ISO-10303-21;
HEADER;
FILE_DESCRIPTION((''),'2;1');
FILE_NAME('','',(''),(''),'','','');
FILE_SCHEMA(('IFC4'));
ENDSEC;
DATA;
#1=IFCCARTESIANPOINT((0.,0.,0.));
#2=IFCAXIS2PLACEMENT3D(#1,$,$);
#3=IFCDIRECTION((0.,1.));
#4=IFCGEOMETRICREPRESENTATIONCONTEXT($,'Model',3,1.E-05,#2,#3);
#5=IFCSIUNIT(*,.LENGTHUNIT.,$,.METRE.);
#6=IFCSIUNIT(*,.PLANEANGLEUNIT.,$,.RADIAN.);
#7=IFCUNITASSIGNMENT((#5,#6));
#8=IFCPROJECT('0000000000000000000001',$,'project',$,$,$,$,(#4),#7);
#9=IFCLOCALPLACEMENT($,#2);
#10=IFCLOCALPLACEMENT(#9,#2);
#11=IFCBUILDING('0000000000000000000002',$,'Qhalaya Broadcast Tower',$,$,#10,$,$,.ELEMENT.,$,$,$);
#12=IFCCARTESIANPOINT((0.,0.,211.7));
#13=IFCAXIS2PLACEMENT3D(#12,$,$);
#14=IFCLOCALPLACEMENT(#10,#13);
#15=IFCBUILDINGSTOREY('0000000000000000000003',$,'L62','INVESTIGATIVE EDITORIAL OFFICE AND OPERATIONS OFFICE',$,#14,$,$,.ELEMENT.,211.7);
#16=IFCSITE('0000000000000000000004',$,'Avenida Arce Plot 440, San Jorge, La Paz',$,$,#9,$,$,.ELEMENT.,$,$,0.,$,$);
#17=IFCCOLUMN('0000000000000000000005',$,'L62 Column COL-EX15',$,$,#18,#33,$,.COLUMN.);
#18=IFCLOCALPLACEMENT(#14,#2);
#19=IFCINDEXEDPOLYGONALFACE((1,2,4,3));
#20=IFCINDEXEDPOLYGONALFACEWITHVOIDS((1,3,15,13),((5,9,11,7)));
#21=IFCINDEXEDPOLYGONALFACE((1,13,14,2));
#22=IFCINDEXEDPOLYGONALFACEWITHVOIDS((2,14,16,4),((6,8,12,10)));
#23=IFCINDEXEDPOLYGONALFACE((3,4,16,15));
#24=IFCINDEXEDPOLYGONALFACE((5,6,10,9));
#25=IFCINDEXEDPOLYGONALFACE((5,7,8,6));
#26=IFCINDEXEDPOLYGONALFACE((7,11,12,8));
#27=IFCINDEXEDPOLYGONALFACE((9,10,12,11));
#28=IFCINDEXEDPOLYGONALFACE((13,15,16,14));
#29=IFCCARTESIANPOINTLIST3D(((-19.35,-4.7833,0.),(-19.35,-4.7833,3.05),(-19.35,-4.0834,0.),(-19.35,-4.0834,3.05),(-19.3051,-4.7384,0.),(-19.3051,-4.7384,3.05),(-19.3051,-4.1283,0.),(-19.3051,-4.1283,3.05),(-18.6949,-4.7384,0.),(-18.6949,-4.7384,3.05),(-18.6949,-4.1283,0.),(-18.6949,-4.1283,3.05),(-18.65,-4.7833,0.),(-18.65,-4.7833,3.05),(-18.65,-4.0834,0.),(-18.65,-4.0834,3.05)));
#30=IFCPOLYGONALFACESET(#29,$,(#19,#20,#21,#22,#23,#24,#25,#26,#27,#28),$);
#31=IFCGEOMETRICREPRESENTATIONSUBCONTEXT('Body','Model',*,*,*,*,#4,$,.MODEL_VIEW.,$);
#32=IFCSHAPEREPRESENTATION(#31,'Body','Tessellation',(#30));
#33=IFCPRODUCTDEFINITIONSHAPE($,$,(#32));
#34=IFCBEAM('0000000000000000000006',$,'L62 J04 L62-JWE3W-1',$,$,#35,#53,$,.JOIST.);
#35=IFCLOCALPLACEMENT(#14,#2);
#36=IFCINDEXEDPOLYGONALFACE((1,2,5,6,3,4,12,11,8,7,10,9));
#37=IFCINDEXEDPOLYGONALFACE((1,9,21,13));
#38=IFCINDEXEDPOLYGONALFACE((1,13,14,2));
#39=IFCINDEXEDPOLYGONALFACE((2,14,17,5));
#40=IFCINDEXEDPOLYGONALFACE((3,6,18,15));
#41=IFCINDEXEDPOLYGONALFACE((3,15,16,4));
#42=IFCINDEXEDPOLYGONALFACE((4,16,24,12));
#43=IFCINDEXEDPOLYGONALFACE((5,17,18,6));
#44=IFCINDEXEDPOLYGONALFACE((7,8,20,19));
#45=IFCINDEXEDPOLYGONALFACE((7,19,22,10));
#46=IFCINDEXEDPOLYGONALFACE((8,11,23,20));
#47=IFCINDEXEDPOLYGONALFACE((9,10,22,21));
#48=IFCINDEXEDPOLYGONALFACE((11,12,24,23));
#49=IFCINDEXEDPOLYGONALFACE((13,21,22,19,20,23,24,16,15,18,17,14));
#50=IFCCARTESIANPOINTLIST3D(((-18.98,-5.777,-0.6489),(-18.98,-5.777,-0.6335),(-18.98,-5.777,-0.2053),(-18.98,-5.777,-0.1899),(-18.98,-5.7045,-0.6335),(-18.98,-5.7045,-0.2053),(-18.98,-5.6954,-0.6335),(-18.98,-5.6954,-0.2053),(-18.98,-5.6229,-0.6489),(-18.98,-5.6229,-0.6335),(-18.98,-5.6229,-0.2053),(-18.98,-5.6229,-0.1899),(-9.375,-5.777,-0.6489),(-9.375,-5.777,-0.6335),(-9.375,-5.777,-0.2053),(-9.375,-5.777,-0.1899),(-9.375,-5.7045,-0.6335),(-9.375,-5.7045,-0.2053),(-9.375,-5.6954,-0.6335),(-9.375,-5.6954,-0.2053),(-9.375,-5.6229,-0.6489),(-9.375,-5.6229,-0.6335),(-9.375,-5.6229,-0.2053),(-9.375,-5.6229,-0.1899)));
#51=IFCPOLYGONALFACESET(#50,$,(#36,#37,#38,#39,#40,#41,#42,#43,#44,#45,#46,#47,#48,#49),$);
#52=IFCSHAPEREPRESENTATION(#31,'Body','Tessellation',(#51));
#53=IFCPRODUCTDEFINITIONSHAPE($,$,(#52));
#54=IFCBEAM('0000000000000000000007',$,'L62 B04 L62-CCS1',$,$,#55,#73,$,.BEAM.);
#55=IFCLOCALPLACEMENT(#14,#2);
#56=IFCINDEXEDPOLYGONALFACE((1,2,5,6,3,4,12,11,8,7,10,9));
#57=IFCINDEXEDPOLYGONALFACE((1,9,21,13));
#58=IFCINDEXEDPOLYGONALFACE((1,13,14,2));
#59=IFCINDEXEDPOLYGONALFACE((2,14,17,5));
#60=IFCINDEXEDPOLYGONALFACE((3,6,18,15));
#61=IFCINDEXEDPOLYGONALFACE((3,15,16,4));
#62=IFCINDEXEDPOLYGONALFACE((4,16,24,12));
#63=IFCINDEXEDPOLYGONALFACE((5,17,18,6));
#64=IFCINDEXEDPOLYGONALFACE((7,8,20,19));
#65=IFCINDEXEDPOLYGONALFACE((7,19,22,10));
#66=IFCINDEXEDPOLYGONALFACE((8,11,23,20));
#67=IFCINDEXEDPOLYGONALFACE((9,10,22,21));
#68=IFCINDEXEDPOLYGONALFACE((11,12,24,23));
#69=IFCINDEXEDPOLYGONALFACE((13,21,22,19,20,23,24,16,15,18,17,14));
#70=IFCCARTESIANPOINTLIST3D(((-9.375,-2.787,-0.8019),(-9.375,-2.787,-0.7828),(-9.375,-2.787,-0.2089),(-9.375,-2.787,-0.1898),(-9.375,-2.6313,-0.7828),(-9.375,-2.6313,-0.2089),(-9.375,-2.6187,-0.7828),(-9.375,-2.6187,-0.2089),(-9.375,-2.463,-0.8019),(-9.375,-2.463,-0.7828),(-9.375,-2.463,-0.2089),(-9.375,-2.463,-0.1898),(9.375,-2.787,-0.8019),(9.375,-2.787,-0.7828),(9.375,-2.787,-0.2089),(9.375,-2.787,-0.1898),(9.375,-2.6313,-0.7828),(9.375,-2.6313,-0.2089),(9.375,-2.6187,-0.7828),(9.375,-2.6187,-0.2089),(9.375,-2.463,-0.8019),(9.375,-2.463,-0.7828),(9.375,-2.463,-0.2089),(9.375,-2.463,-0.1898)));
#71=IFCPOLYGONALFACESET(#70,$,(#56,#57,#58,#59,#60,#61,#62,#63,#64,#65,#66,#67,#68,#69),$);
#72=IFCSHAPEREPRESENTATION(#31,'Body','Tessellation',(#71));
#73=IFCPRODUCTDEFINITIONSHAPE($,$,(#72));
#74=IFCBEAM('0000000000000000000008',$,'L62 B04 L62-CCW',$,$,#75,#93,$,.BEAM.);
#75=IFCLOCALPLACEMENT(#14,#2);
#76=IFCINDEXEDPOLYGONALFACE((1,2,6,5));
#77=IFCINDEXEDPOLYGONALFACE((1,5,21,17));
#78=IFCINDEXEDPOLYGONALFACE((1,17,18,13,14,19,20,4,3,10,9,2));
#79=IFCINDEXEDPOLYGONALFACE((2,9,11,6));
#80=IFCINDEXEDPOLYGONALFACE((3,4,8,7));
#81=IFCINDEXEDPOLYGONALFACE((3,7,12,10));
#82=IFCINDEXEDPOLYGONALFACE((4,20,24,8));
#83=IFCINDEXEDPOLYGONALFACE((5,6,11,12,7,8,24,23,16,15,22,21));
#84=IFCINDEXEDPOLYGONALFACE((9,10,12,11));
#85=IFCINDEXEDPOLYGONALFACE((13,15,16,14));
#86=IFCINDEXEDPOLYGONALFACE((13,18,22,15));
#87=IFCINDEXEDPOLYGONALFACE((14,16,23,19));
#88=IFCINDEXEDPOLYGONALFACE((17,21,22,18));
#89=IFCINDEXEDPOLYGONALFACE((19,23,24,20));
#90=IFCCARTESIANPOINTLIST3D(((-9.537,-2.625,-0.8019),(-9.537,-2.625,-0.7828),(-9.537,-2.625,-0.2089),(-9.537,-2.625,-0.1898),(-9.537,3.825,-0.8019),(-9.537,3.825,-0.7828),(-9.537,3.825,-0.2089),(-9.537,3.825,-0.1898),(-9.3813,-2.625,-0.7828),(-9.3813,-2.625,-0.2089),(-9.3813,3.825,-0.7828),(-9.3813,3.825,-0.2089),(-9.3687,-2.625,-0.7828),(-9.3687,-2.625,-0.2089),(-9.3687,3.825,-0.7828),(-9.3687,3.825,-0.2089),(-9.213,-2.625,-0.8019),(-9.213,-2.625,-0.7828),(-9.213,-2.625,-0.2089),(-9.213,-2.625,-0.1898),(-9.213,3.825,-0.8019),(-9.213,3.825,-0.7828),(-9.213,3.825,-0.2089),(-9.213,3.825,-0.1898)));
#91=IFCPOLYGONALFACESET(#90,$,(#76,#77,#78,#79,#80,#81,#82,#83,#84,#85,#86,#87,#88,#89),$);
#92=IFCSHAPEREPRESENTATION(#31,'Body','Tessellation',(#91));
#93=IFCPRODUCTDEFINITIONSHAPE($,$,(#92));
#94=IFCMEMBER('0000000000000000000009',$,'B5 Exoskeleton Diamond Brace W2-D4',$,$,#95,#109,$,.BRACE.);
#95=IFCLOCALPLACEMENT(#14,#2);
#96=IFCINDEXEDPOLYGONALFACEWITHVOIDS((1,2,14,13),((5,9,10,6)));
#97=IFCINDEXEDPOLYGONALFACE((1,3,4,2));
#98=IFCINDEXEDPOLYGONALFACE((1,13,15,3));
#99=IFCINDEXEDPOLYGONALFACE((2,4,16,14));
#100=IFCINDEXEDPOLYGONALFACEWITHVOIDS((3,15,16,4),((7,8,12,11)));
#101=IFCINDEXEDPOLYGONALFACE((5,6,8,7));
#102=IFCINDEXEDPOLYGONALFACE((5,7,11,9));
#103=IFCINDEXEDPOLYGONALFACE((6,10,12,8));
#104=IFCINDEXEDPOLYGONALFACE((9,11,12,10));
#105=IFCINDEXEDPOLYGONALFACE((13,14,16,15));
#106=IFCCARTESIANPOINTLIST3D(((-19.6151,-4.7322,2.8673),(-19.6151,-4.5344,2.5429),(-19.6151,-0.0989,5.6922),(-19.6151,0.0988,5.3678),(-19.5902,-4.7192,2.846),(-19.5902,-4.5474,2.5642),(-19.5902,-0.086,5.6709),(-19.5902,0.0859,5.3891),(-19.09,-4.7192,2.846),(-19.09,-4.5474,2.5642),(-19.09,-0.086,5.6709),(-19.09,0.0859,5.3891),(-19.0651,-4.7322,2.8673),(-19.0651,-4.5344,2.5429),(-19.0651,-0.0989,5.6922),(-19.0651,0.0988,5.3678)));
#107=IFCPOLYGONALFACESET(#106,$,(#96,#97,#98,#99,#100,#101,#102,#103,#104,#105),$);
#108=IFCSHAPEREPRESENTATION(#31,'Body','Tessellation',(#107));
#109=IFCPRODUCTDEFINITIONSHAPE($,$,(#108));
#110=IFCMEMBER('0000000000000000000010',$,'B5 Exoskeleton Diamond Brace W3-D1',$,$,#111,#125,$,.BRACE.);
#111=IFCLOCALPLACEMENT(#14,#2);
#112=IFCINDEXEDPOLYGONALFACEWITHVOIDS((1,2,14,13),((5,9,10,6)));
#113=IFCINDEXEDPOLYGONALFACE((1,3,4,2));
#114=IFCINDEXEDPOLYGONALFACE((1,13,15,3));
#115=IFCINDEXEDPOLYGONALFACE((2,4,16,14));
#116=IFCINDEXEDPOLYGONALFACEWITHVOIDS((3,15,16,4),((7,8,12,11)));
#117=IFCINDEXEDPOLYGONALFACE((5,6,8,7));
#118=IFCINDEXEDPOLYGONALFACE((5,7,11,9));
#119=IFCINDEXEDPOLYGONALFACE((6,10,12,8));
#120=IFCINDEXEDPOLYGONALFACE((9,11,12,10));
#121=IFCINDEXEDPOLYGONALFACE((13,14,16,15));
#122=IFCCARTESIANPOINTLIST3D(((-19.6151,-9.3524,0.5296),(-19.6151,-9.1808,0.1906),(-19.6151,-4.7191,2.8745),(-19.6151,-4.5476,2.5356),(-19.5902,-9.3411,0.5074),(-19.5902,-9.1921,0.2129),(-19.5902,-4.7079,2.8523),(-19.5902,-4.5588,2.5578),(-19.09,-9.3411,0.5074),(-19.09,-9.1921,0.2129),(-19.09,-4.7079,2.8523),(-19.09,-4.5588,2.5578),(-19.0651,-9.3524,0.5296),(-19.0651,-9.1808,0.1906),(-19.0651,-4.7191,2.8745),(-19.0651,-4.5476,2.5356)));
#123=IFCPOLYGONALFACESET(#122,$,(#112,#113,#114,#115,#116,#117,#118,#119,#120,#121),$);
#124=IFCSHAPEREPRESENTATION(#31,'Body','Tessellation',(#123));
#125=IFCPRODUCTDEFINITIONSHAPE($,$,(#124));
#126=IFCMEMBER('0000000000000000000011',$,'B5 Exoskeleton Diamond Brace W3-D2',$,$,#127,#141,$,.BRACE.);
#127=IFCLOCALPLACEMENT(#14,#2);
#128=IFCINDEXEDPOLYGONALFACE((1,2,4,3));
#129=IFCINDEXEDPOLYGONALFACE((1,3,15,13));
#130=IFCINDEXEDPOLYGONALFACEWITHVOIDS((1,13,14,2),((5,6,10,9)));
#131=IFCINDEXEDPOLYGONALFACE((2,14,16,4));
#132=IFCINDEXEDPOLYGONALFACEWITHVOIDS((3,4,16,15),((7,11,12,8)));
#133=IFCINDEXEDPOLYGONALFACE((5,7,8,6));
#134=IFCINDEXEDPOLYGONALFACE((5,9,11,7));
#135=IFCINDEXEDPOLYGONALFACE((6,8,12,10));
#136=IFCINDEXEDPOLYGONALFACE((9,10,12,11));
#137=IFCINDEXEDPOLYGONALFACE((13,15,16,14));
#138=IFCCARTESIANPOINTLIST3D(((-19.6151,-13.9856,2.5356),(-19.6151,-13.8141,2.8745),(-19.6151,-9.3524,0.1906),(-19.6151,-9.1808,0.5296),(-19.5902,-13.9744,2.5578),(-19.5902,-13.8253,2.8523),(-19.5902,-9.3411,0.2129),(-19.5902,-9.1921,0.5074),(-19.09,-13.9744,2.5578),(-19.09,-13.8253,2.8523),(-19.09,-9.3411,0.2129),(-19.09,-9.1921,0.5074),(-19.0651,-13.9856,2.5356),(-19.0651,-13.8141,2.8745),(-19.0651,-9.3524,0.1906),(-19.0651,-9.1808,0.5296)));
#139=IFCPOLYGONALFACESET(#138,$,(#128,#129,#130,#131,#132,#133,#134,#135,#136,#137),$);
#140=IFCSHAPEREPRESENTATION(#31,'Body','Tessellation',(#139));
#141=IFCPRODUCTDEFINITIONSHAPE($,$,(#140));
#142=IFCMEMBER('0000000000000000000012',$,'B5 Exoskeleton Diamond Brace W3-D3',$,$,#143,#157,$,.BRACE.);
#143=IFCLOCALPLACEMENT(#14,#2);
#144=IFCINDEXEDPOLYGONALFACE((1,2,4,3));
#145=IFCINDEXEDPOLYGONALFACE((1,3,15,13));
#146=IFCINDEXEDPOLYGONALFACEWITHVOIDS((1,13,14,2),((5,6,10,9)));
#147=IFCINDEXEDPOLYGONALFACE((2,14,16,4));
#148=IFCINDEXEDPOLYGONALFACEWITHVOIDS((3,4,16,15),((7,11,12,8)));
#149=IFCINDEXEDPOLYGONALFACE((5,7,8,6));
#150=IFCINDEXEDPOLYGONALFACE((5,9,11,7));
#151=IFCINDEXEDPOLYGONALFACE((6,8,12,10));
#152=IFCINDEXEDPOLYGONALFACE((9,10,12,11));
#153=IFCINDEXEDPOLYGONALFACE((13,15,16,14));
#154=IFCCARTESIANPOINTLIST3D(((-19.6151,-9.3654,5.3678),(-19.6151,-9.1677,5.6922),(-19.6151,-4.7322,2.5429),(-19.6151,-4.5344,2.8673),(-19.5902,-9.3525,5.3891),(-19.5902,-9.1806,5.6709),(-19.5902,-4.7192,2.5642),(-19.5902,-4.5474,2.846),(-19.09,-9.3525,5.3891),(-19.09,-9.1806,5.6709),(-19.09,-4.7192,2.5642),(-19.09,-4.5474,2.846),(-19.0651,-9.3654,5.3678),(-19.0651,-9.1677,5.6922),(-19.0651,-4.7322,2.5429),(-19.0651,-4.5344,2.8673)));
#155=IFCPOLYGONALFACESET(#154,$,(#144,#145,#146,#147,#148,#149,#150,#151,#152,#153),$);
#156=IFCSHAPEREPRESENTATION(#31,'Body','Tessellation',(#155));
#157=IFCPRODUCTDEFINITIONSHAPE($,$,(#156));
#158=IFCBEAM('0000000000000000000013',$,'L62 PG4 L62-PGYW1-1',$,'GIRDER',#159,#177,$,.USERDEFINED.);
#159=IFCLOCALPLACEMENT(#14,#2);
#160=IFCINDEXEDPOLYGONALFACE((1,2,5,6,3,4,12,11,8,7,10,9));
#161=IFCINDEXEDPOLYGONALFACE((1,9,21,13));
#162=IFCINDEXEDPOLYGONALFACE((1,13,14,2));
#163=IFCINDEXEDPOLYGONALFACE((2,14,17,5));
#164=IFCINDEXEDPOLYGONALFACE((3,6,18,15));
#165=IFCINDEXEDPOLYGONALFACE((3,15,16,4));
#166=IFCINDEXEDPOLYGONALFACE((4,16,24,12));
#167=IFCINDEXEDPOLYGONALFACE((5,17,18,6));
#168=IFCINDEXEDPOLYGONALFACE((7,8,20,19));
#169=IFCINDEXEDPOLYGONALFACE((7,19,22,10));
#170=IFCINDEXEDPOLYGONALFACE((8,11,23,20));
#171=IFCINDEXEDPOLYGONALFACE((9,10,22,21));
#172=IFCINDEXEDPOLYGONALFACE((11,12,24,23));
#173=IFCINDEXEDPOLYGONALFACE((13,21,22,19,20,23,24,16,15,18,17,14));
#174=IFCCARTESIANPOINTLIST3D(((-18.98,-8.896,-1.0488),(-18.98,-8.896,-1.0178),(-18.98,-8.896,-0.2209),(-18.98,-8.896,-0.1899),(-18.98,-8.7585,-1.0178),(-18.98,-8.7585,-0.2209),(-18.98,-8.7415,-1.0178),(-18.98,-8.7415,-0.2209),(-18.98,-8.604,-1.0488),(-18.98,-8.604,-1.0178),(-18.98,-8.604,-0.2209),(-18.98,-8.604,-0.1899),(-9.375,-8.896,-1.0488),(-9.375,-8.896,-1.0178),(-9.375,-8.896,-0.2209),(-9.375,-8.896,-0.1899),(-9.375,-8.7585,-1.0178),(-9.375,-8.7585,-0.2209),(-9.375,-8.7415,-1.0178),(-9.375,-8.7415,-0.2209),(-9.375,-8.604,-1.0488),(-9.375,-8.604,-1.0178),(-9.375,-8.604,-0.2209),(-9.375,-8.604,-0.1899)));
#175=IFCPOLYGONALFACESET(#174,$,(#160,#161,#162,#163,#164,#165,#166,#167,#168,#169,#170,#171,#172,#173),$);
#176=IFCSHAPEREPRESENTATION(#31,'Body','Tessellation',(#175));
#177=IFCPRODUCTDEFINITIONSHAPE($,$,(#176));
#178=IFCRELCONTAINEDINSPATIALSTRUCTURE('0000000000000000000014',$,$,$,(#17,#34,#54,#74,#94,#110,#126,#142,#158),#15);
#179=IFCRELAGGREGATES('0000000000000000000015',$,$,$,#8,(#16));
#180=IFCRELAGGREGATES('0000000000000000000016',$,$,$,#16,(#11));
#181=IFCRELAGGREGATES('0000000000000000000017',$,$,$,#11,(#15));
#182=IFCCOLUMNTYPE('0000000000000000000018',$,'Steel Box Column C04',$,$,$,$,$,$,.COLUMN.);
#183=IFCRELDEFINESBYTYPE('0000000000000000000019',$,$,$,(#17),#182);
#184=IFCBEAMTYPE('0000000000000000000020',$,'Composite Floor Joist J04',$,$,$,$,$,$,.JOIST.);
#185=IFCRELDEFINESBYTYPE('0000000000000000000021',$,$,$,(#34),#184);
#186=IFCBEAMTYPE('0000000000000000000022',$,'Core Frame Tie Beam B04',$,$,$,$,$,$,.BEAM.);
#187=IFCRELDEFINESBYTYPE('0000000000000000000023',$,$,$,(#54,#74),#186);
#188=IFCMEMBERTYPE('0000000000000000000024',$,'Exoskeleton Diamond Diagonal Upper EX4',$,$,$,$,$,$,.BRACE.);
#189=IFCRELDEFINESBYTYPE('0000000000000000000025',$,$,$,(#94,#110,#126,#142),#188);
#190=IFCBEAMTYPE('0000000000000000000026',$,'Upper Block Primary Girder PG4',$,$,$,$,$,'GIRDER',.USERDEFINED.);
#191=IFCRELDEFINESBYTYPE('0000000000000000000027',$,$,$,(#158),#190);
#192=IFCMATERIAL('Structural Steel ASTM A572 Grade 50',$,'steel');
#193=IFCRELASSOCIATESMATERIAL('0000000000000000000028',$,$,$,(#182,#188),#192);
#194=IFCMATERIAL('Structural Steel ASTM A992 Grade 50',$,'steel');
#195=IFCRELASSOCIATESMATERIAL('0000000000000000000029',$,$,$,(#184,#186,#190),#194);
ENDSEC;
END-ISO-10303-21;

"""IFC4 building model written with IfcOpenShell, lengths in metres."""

from ifc_helpers import new_model, si_unit, direction, frame, origin, origin_2d, place, context, subcontext, project, spatial, hollow_rectangle, i_section, extrude, material, material_profile, profile_set, type_object, element, save


model = new_model("IFC4")

# Units and contexts
model_context = context("Model", 3, precision=1e-05, world=origin(), true_north=direction((0.0, 1.0)))
body_context = subcontext(model_context, "Body", "Model", "MODEL_VIEW")
ifc_project = project(units=[si_unit("LENGTHUNIT", "METRE"), si_unit("PLANEANGLEUNIT", "RADIAN")], contexts=[model_context])

# Site, building, storey
site_placement = place(None, origin())
site = spatial("IfcSite", under=ifc_project, at=site_placement, Name="Avenida Arce Plot 440, San Jorge, La Paz", CompositionType="ELEMENT", RefElevation=0.0)
building_placement = place(site_placement, origin())
building = spatial("IfcBuilding", under=site, at=building_placement, Name="Qhalaya Broadcast Tower", CompositionType="ELEMENT")
storey_placement = place(building_placement, frame((0.0, 0.0, 211.7)))
storey = spatial("IfcBuildingStorey", under=building, at=storey_placement, Name="L62", Description="INVESTIGATIVE EDITORIAL OFFICE AND OPERATIONS OFFICE", CompositionType="ELEMENT", Elevation=211.7)

# Column
ifc_material_1 = material(Name="Structural Steel ASTM A572 Grade 50", Category="steel")
ifc_material_profile_1 = material_profile(ifc_material_1, hollow_rectangle(XDim=0.7, YDim=0.7, WallThickness=0.0449, at=origin_2d()), Name="BOX 700x700x45")
ifc_profile_set_1 = profile_set([ifc_material_profile_1], Name="Structural Steel ASTM A572 Grade 50")
column_type = type_object("IfcColumnType", Name="Steel Box Column C04", PredefinedType="COLUMN", material=ifc_profile_set_1)
column_placement = place(storey_placement, frame((-19.0, -4.4333, 0.0), z_axis=(0.0, 0.0, 1.0), x_axis=(0.0, 1.0, 0.0)))
element("IfcColumn", 1, at=column_placement, inside=storey, type_object=column_type, Name="L62 Column COL-EX15", PredefinedType="COLUMN", context=body_context, shape_type="SweptSolid", body=[
    extrude(hollow_rectangle(XDim=0.7, YDim=0.7, WallThickness=0.0449, at=origin_2d()), origin(), (0.0, 0.0, 1.0), 3.05),
])

# Beams
ifc_material_2 = material(Name="Structural Steel ASTM A992 Grade 50", Category="steel")
ifc_material_profile_2 = material_profile(ifc_material_2, i_section(OverallWidth=0.1541, OverallDepth=0.459, WebThickness=0.009, FlangeThickness=0.0154, at=origin_2d()), Name="W18X46")
ifc_profile_set_2 = profile_set([ifc_material_profile_2], Name="Structural Steel ASTM A992 Grade 50")
beam_type_1 = type_object("IfcBeamType", Name="Composite Floor Joist J04", PredefinedType="JOIST", material=ifc_profile_set_2)
beam_1_placement = place(storey_placement, frame((-18.98, -5.7, -0.4194), z_axis=(1.0, 0.0, 0.0), x_axis=(0.0, 1.0, 0.0)))
element("IfcBeam", 2, at=beam_1_placement, inside=storey, type_object=beam_type_1, Name="L62 J04 L62-JWE3W-1", PredefinedType="JOIST", context=body_context, shape_type="SweptSolid", body=[
    extrude(i_section(OverallWidth=0.1541, OverallDepth=0.459, WebThickness=0.009, FlangeThickness=0.0154, at=origin_2d()), origin(), (0.0, 0.0, 1.0), 9.605),
])
ifc_material_profile_3 = material_profile(ifc_material_2, i_section(OverallWidth=0.324, OverallDepth=0.6121, WebThickness=0.0127, FlangeThickness=0.019, at=origin_2d()), Name="W24X104")
ifc_profile_set_3 = profile_set([ifc_material_profile_3], Name="Structural Steel ASTM A992 Grade 50")
beam_type_2 = type_object("IfcBeamType", Name="Core Frame Tie Beam B04", PredefinedType="BEAM", material=ifc_profile_set_3)
beam_2_placement = place(storey_placement, frame((-9.375, -2.625, -0.4958), z_axis=(1.0, 0.0, 0.0), x_axis=(0.0, 1.0, 0.0)))
element("IfcBeam", 3, at=beam_2_placement, inside=storey, type_object=beam_type_2, Name="L62 B04 L62-CCS1", PredefinedType="BEAM", context=body_context, shape_type="SweptSolid", body=[
    extrude(i_section(OverallWidth=0.324, OverallDepth=0.6121, WebThickness=0.0127, FlangeThickness=0.019, at=origin_2d()), origin(), (0.0, 0.0, 1.0), 18.75),
])
beam_3_placement = place(storey_placement, frame((-9.375, -2.625, -0.4958), z_axis=(0.0, 1.0, 0.0), x_axis=(-1.0, 0.0, 0.0)))
element("IfcBeam", 4, at=beam_3_placement, inside=storey, type_object=beam_type_2, Name="L62 B04 L62-CCW", PredefinedType="BEAM", context=body_context, shape_type="SweptSolid", body=[
    extrude(i_section(OverallWidth=0.324, OverallDepth=0.6121, WebThickness=0.0127, FlangeThickness=0.019, at=origin_2d()), origin(), (0.0, 0.0, 1.0), 6.45),
])

# Members
ifc_material_profile_4 = material_profile(ifc_material_1, hollow_rectangle(XDim=0.3799, YDim=0.55, WallThickness=0.0249, at=origin_2d()), Name="BOX 380x550x25")
ifc_profile_set_4 = profile_set([ifc_material_profile_4], Name="Structural Steel ASTM A572 Grade 50")
member_type = type_object("IfcMemberType", Name="Exoskeleton Diamond Diagonal Upper EX4", PredefinedType="BRACE", material=ifc_profile_set_4)
member_1_placement = place(storey_placement, frame((-19.3401, -4.6333, 2.7051), z_axis=(0.0, 0.853815, 0.520576), x_axis=(0.0, -0.520576, 0.853815)))
element("IfcMember", 5, at=member_1_placement, inside=storey, type_object=member_type, Name="B5 Exoskeleton Diamond Brace W2-D4", PredefinedType="BRACE", context=body_context, shape_type="SweptSolid", body=[
    extrude(hollow_rectangle(XDim=0.3799, YDim=0.55, WallThickness=0.0249, at=origin_2d()), origin(), (0.0, 0.0, 1.0), 5.4265),
])
for number, where, z_axis, x_axis, name in (
    (6, (-19.3401, -9.2666, 0.3601), (0.0, 0.892235, 0.451571), (0.0, -0.451571, 0.892235), "B5 Exoskeleton Diamond Brace W3-D1"),
    (7, (-19.3401, -9.2666, 0.3601), (0.0, -0.892235, 0.451571), (0.0, 0.451571, 0.892235), "B5 Exoskeleton Diamond Brace W3-D2"),
):
    element("IfcMember", number, at=place(storey_placement, frame(where, z_axis=z_axis, x_axis=x_axis)), inside=storey, type_object=member_type, Name=name, PredefinedType="BRACE", context=body_context, shape_type="SweptSolid", body=[
        extrude(hollow_rectangle(XDim=0.3799, YDim=0.55, WallThickness=0.0249, at=origin_2d()), origin(), (0.0, 0.0, 1.0), 5.1929),
    ])
member_2_placement = place(storey_placement, frame((-19.3401, -4.6333, 2.7051), z_axis=(0.0, -0.853815, 0.520576), x_axis=(0.0, 0.520576, 0.853815)))
element("IfcMember", 8, at=member_2_placement, inside=storey, type_object=member_type, Name="B5 Exoskeleton Diamond Brace W3-D3", PredefinedType="BRACE", context=body_context, shape_type="SweptSolid", body=[
    extrude(hollow_rectangle(XDim=0.3799, YDim=0.55, WallThickness=0.0249, at=origin_2d()), origin(), (0.0, 0.0, 1.0), 5.4265),
])

# Beam
ifc_material_profile_5 = material_profile(ifc_material_2, i_section(OverallWidth=0.292, OverallDepth=0.8589, WebThickness=0.0171, FlangeThickness=0.031, at=origin_2d()), Name="W33X169")
ifc_profile_set_5 = profile_set([ifc_material_profile_5], Name="Structural Steel ASTM A992 Grade 50")
beam_type_3 = type_object("IfcBeamType", Name="Upper Block Primary Girder PG4", ElementType="GIRDER", PredefinedType="USERDEFINED", material=ifc_profile_set_5)
for number, where, z_axis, x_axis, name in (
    (9, (-18.98, -8.75, -0.6194), (1.0, 0.0, 0.0), (0.0, 1.0, 0.0), "L62 PG4 L62-PGYW1-1"),
):
    element("IfcBeam", number, at=place(storey_placement, frame(where, z_axis=z_axis, x_axis=x_axis)), inside=storey, type_object=beam_type_3, Name=name, ObjectType="GIRDER", PredefinedType="USERDEFINED", context=body_context, shape_type="SweptSolid", body=[
        extrude(i_section(OverallWidth=0.292, OverallDepth=0.8589, WebThickness=0.0171, FlangeThickness=0.031, at=origin_2d()), origin(), (0.0, 0.0, 1.0), 9.605),
    ])

save(model, "model.ifc")
